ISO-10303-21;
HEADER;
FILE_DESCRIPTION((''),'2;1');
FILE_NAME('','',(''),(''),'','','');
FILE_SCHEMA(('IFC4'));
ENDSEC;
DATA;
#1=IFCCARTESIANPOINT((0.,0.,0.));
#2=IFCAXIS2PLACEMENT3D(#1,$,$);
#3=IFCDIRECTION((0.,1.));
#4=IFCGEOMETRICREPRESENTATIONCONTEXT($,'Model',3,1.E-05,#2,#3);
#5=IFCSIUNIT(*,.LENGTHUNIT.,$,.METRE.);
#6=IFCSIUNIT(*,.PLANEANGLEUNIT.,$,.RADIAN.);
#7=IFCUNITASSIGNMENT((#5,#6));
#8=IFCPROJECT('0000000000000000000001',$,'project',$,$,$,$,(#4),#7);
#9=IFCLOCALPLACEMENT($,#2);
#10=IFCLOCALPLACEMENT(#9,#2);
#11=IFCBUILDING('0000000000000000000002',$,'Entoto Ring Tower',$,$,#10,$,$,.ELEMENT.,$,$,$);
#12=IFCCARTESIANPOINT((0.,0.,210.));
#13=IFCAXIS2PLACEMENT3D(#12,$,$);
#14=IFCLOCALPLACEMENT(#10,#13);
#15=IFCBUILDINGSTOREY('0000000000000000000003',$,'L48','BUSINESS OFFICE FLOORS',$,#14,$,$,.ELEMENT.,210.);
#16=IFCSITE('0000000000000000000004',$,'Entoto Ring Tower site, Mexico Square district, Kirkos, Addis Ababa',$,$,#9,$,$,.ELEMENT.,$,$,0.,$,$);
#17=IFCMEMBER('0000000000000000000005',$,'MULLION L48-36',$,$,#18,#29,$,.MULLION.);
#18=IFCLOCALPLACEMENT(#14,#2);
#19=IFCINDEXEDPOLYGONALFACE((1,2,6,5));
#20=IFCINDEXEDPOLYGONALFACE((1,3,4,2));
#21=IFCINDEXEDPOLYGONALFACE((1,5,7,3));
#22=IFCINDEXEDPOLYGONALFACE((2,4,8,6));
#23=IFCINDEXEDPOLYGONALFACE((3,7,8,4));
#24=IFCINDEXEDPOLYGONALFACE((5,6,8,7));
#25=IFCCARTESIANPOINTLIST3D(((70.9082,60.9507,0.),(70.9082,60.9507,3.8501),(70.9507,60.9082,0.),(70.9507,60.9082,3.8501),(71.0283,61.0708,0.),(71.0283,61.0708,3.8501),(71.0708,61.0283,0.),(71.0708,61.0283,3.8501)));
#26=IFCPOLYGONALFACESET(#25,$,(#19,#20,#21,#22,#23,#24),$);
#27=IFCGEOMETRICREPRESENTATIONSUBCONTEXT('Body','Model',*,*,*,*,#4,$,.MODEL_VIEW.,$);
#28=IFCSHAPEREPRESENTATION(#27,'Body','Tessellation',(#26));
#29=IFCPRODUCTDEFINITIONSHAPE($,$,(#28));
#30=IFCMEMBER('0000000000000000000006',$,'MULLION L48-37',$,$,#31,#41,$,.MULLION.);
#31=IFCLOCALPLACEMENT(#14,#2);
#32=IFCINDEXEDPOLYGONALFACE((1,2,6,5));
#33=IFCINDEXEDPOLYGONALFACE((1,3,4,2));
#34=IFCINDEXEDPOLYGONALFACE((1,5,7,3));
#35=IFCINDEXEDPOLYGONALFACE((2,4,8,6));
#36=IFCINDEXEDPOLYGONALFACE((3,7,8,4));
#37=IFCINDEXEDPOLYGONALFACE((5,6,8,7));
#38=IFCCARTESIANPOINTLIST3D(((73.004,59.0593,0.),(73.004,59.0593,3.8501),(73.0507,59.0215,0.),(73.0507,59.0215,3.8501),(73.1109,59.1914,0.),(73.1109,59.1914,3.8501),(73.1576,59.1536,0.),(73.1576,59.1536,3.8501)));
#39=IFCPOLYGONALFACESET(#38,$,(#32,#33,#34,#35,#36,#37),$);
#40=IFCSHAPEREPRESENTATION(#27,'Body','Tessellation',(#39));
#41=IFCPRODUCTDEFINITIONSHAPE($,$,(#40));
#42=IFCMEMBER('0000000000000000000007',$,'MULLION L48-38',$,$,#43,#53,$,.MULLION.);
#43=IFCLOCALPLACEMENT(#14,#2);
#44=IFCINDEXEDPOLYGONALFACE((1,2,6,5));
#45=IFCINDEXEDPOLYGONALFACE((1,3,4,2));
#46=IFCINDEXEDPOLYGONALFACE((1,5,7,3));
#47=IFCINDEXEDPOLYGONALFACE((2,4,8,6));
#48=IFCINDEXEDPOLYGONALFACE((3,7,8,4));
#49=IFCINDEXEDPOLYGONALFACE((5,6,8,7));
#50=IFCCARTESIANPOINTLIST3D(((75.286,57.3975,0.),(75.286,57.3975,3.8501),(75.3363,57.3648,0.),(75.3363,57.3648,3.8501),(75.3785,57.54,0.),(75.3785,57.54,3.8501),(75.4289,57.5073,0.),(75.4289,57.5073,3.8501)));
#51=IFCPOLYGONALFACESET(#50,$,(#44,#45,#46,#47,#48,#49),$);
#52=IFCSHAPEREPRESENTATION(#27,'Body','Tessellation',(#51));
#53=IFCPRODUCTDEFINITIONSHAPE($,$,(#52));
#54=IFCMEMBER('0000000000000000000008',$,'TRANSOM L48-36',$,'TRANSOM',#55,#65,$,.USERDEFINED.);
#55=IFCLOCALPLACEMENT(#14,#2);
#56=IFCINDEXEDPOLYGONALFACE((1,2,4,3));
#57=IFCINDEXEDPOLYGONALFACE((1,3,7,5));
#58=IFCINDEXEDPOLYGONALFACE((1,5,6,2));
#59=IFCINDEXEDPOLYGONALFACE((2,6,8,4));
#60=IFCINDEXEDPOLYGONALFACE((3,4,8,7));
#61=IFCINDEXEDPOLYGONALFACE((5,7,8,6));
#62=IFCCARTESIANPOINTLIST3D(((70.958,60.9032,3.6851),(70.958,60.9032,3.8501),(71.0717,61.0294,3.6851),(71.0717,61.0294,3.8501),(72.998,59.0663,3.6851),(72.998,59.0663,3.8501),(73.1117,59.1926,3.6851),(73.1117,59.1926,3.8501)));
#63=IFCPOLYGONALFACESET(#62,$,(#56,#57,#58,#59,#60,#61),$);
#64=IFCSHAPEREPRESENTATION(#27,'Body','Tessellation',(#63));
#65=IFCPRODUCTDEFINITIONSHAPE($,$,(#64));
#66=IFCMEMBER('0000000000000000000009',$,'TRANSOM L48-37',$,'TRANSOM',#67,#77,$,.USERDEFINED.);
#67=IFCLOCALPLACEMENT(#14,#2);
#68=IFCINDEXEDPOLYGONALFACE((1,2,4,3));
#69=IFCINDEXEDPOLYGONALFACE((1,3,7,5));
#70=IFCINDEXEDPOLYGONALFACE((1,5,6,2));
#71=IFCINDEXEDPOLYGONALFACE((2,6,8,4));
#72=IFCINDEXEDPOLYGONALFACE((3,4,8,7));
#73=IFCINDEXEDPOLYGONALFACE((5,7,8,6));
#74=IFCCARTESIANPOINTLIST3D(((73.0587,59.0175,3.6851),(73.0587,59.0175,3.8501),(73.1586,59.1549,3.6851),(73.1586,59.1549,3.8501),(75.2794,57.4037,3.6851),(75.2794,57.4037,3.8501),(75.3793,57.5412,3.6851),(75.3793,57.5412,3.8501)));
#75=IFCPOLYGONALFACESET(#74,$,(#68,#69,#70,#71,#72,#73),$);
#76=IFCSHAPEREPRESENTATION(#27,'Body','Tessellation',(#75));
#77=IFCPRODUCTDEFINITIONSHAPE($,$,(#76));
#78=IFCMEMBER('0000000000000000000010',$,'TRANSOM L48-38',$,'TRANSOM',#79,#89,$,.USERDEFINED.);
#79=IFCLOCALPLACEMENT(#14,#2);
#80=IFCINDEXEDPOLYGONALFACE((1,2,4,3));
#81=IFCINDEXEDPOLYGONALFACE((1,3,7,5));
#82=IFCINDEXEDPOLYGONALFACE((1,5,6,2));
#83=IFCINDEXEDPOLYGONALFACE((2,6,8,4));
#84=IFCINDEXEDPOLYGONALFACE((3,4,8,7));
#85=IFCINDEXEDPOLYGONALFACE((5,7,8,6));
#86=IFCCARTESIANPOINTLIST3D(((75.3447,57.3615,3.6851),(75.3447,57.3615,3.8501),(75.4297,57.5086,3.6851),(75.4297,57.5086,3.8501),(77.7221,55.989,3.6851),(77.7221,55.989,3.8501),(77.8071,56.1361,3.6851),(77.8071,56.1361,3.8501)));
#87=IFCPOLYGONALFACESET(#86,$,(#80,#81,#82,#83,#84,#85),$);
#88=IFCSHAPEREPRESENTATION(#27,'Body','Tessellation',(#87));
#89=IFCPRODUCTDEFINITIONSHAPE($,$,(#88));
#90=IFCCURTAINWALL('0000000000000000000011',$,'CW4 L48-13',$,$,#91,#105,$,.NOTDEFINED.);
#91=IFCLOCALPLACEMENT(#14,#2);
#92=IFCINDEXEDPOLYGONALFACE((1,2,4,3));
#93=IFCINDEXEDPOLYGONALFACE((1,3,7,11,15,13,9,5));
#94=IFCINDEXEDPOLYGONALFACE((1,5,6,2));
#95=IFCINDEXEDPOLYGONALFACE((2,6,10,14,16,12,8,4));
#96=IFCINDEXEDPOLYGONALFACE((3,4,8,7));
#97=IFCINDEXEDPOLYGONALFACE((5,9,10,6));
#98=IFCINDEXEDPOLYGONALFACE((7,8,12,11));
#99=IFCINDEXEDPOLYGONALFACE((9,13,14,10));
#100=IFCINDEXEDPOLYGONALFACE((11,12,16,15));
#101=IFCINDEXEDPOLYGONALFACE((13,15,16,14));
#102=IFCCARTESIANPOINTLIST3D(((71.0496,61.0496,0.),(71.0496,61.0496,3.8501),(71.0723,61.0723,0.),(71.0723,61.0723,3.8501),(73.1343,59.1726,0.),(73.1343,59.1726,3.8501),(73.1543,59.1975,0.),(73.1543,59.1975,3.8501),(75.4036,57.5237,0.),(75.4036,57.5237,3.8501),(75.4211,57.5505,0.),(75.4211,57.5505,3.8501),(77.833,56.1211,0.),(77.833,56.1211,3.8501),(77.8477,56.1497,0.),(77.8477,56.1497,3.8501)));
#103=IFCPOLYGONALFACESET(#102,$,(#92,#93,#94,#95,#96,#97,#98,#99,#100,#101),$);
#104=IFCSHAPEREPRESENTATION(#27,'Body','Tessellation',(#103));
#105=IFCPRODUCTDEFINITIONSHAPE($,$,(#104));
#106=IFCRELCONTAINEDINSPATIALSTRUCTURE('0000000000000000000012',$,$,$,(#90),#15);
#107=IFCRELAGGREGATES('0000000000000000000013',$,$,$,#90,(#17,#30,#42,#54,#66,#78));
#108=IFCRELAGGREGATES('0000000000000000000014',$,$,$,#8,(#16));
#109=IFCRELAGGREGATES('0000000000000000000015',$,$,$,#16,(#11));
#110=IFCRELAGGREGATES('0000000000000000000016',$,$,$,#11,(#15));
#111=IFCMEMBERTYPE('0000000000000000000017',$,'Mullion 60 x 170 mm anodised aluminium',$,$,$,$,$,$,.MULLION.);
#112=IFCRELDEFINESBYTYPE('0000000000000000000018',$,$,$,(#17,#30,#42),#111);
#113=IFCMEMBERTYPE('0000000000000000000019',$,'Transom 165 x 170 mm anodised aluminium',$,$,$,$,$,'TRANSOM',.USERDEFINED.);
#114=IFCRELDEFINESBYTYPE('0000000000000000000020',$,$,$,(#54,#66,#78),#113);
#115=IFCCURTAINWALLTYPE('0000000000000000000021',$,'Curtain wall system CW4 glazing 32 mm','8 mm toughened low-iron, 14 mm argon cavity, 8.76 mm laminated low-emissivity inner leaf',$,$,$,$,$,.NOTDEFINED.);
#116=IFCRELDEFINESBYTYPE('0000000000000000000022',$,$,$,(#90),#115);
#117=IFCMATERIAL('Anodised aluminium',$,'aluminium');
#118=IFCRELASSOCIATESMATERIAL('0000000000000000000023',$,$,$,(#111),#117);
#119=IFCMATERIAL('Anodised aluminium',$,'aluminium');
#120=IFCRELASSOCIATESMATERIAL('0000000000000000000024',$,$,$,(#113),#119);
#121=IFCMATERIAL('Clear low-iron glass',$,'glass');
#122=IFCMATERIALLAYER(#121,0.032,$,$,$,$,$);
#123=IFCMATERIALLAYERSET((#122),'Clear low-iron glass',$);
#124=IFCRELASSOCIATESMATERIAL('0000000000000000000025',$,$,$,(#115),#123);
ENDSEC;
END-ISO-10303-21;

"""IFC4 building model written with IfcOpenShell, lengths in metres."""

from ifc_helpers import new_model, si_unit, direction, frame, origin, origin_2d, place, context, subcontext, project, spatial, polyline, rectangle, outline, extrude, material, layer, layer_set, material_profile, profile_set, type_object, element, aggregate, save


model = new_model("IFC4")

# Units and contexts
model_context = context("Model", 3, precision=1e-05, world=origin(), true_north=direction((0.0, 1.0)))
body_context = subcontext(model_context, "Body", "Model", "MODEL_VIEW")
ifc_project = project(units=[si_unit("LENGTHUNIT", "METRE"), si_unit("PLANEANGLEUNIT", "RADIAN")], contexts=[model_context])

# Members
ifc_material_1 = material(Name="Anodised aluminium", Category="aluminium")
ifc_material_profile_1 = material_profile(ifc_material_1, rectangle(XDim=0.0601, YDim=0.1699, at=origin_2d()), Name="Mullion 60 x 170 mm anodised aluminium")
ifc_profile_set_1 = profile_set([ifc_material_profile_1], Name="Anodised aluminium")
member_type_1 = type_object("IfcMemberType", Name="Mullion 60 x 170 mm anodised aluminium", PredefinedType="MULLION", material=ifc_profile_set_1)
site_placement = place(None, origin())
building_placement = place(site_placement, origin())
storey_placement = place(building_placement, frame((0.0, 0.0, 210.0)))
member_1_placement = place(storey_placement, frame((70.9895, 60.9895, 0.0), z_axis=(0.0, 0.0, 1.0), x_axis=(0.707107, -0.707107, 0.0)))
member_1 = element("IfcMember", 1, at=member_1_placement, type_object=member_type_1, Name="MULLION L48-36", PredefinedType="MULLION", context=body_context, shape_type="SweptSolid", body=[
    extrude(rectangle(XDim=0.0601, YDim=0.1699, at=origin_2d()), origin(), (0.0, 0.0, 1.0), 3.8501),
])
member_2_placement = place(storey_placement, frame((73.0808, 59.1064, 0.0), z_axis=(0.0, 0.0, 1.0), x_axis=(0.777146, -0.62932, 0.0)))
member_2 = element("IfcMember", 2, at=member_2_placement, type_object=member_type_1, Name="MULLION L48-37", PredefinedType="MULLION", context=body_context, shape_type="SweptSolid", body=[
    extrude(rectangle(XDim=0.0601, YDim=0.1699, at=origin_2d()), origin(), (0.0, 0.0, 1.0), 3.8501),
])
member_3_placement = place(storey_placement, frame((75.3574, 57.4524, 0.0), z_axis=(0.0, 0.0, 1.0), x_axis=(0.838671, -0.544639, 0.0)))
member_3 = element("IfcMember", 3, at=member_3_placement, type_object=member_type_1, Name="MULLION L48-38", PredefinedType="MULLION", context=body_context, shape_type="SweptSolid", body=[
    extrude(rectangle(XDim=0.0601, YDim=0.1699, at=origin_2d()), origin(), (0.0, 0.0, 1.0), 3.8501),
])
ifc_material_2 = material(Name="Anodised aluminium", Category="aluminium")
ifc_material_profile_2 = material_profile(ifc_material_2, rectangle(XDim=0.1699, YDim=0.165, at=origin_2d()), Name="Transom 165 x 170 mm anodised aluminium")
ifc_profile_set_2 = profile_set([ifc_material_profile_2], Name="Anodised aluminium")
member_type_2 = type_object("IfcMemberType", Name="Transom 165 x 170 mm anodised aluminium", ElementType="TRANSOM", PredefinedType="USERDEFINED", material=ifc_profile_set_2)
member_4_placement = place(storey_placement, frame((71.0149, 60.9663, 3.7676), z_axis=(0.743135, -0.669142, 0.0), x_axis=(0.669142, 0.743135, 0.0)))
member_4 = element("IfcMember", 4, at=member_4_placement, type_object=member_type_2, Name="TRANSOM L48-36", ObjectType="TRANSOM", PredefinedType="USERDEFINED", context=body_context, shape_type="SweptSolid", body=[
    extrude(rectangle(XDim=0.1699, YDim=0.165, at=origin_2d()), origin(), (0.0, 0.0, 1.0), 2.7451),
])
member_5_placement = place(storey_placement, frame((73.1086, 59.0862, 3.7676), z_axis=(0.808959, -0.587865, 0.0), x_axis=(0.587865, 0.808959, 0.0)))
member_5 = element("IfcMember", 5, at=member_5_placement, type_object=member_type_2, Name="TRANSOM L48-37", ObjectType="TRANSOM", PredefinedType="USERDEFINED", context=body_context, shape_type="SweptSolid", body=[
    extrude(rectangle(XDim=0.1699, YDim=0.165, at=origin_2d()), origin(), (0.0, 0.0, 1.0), 2.7451),
])
member_6_placement = place(storey_placement, frame((75.3872, 57.4351, 3.7676), z_axis=(0.866035, -0.499984, 0.0), x_axis=(0.499984, 0.866035, 0.0)))
member_6 = element("IfcMember", 6, at=member_6_placement, type_object=member_type_2, Name="TRANSOM L48-38", ObjectType="TRANSOM", PredefinedType="USERDEFINED", context=body_context, shape_type="SweptSolid", body=[
    extrude(rectangle(XDim=0.1699, YDim=0.165, at=origin_2d()), origin(), (0.0, 0.0, 1.0), 2.7451),
])

# Site, building, storey
site = spatial("IfcSite", under=ifc_project, at=site_placement, Name="Entoto Ring Tower site, Mexico Square district, Kirkos, Addis Ababa", CompositionType="ELEMENT", RefElevation=0.0)
building = spatial("IfcBuilding", under=site, at=building_placement, Name="Entoto Ring Tower", CompositionType="ELEMENT")
storey = spatial("IfcBuildingStorey", under=building, at=storey_placement, Name="L48", Description="BUSINESS OFFICE FLOORS", CompositionType="ELEMENT", Elevation=210.0)

# Curtain wall
ifc_material_3 = material(Name="Clear low-iron glass", Category="glass")
ifc_layer = layer(ifc_material_3, 0.032)
ifc_layer_set = layer_set([ifc_layer], Name="Clear low-iron glass")
curtain_wall_type = type_object("IfcCurtainWallType", Name="Curtain wall system CW4 glazing 32 mm", Description="8 mm toughened low-iron, 14 mm argon cavity, 8.76 mm laminated low-emissivity inner leaf", PredefinedType="NOTDEFINED", material=ifc_layer_set)
curtain_wall_1_placement = place(storey_placement, origin())
curtain_wall_1 = element("IfcCurtainWall", 7, at=curtain_wall_1_placement, inside=storey, type_object=curtain_wall_type, Name="CW4 L48-13", PredefinedType="NOTDEFINED", context=body_context, shape_type="SweptSolid", body=[
    extrude(outline(polyline([(71.0496, 61.0496), (73.1343, 59.1726), (75.4036, 57.5237), (77.833, 56.1211), (77.8477, 56.1497), (75.4211, 57.5505), (73.1543, 59.1975), (71.0723, 61.0723), (71.0496, 61.0496)])), origin(), (0.0, 0.0, 1.0), 3.8501),
])
aggregate(curtain_wall_1, [member_1, member_2, member_3, member_4, member_5, member_6])

save(model, "model.ifc")
